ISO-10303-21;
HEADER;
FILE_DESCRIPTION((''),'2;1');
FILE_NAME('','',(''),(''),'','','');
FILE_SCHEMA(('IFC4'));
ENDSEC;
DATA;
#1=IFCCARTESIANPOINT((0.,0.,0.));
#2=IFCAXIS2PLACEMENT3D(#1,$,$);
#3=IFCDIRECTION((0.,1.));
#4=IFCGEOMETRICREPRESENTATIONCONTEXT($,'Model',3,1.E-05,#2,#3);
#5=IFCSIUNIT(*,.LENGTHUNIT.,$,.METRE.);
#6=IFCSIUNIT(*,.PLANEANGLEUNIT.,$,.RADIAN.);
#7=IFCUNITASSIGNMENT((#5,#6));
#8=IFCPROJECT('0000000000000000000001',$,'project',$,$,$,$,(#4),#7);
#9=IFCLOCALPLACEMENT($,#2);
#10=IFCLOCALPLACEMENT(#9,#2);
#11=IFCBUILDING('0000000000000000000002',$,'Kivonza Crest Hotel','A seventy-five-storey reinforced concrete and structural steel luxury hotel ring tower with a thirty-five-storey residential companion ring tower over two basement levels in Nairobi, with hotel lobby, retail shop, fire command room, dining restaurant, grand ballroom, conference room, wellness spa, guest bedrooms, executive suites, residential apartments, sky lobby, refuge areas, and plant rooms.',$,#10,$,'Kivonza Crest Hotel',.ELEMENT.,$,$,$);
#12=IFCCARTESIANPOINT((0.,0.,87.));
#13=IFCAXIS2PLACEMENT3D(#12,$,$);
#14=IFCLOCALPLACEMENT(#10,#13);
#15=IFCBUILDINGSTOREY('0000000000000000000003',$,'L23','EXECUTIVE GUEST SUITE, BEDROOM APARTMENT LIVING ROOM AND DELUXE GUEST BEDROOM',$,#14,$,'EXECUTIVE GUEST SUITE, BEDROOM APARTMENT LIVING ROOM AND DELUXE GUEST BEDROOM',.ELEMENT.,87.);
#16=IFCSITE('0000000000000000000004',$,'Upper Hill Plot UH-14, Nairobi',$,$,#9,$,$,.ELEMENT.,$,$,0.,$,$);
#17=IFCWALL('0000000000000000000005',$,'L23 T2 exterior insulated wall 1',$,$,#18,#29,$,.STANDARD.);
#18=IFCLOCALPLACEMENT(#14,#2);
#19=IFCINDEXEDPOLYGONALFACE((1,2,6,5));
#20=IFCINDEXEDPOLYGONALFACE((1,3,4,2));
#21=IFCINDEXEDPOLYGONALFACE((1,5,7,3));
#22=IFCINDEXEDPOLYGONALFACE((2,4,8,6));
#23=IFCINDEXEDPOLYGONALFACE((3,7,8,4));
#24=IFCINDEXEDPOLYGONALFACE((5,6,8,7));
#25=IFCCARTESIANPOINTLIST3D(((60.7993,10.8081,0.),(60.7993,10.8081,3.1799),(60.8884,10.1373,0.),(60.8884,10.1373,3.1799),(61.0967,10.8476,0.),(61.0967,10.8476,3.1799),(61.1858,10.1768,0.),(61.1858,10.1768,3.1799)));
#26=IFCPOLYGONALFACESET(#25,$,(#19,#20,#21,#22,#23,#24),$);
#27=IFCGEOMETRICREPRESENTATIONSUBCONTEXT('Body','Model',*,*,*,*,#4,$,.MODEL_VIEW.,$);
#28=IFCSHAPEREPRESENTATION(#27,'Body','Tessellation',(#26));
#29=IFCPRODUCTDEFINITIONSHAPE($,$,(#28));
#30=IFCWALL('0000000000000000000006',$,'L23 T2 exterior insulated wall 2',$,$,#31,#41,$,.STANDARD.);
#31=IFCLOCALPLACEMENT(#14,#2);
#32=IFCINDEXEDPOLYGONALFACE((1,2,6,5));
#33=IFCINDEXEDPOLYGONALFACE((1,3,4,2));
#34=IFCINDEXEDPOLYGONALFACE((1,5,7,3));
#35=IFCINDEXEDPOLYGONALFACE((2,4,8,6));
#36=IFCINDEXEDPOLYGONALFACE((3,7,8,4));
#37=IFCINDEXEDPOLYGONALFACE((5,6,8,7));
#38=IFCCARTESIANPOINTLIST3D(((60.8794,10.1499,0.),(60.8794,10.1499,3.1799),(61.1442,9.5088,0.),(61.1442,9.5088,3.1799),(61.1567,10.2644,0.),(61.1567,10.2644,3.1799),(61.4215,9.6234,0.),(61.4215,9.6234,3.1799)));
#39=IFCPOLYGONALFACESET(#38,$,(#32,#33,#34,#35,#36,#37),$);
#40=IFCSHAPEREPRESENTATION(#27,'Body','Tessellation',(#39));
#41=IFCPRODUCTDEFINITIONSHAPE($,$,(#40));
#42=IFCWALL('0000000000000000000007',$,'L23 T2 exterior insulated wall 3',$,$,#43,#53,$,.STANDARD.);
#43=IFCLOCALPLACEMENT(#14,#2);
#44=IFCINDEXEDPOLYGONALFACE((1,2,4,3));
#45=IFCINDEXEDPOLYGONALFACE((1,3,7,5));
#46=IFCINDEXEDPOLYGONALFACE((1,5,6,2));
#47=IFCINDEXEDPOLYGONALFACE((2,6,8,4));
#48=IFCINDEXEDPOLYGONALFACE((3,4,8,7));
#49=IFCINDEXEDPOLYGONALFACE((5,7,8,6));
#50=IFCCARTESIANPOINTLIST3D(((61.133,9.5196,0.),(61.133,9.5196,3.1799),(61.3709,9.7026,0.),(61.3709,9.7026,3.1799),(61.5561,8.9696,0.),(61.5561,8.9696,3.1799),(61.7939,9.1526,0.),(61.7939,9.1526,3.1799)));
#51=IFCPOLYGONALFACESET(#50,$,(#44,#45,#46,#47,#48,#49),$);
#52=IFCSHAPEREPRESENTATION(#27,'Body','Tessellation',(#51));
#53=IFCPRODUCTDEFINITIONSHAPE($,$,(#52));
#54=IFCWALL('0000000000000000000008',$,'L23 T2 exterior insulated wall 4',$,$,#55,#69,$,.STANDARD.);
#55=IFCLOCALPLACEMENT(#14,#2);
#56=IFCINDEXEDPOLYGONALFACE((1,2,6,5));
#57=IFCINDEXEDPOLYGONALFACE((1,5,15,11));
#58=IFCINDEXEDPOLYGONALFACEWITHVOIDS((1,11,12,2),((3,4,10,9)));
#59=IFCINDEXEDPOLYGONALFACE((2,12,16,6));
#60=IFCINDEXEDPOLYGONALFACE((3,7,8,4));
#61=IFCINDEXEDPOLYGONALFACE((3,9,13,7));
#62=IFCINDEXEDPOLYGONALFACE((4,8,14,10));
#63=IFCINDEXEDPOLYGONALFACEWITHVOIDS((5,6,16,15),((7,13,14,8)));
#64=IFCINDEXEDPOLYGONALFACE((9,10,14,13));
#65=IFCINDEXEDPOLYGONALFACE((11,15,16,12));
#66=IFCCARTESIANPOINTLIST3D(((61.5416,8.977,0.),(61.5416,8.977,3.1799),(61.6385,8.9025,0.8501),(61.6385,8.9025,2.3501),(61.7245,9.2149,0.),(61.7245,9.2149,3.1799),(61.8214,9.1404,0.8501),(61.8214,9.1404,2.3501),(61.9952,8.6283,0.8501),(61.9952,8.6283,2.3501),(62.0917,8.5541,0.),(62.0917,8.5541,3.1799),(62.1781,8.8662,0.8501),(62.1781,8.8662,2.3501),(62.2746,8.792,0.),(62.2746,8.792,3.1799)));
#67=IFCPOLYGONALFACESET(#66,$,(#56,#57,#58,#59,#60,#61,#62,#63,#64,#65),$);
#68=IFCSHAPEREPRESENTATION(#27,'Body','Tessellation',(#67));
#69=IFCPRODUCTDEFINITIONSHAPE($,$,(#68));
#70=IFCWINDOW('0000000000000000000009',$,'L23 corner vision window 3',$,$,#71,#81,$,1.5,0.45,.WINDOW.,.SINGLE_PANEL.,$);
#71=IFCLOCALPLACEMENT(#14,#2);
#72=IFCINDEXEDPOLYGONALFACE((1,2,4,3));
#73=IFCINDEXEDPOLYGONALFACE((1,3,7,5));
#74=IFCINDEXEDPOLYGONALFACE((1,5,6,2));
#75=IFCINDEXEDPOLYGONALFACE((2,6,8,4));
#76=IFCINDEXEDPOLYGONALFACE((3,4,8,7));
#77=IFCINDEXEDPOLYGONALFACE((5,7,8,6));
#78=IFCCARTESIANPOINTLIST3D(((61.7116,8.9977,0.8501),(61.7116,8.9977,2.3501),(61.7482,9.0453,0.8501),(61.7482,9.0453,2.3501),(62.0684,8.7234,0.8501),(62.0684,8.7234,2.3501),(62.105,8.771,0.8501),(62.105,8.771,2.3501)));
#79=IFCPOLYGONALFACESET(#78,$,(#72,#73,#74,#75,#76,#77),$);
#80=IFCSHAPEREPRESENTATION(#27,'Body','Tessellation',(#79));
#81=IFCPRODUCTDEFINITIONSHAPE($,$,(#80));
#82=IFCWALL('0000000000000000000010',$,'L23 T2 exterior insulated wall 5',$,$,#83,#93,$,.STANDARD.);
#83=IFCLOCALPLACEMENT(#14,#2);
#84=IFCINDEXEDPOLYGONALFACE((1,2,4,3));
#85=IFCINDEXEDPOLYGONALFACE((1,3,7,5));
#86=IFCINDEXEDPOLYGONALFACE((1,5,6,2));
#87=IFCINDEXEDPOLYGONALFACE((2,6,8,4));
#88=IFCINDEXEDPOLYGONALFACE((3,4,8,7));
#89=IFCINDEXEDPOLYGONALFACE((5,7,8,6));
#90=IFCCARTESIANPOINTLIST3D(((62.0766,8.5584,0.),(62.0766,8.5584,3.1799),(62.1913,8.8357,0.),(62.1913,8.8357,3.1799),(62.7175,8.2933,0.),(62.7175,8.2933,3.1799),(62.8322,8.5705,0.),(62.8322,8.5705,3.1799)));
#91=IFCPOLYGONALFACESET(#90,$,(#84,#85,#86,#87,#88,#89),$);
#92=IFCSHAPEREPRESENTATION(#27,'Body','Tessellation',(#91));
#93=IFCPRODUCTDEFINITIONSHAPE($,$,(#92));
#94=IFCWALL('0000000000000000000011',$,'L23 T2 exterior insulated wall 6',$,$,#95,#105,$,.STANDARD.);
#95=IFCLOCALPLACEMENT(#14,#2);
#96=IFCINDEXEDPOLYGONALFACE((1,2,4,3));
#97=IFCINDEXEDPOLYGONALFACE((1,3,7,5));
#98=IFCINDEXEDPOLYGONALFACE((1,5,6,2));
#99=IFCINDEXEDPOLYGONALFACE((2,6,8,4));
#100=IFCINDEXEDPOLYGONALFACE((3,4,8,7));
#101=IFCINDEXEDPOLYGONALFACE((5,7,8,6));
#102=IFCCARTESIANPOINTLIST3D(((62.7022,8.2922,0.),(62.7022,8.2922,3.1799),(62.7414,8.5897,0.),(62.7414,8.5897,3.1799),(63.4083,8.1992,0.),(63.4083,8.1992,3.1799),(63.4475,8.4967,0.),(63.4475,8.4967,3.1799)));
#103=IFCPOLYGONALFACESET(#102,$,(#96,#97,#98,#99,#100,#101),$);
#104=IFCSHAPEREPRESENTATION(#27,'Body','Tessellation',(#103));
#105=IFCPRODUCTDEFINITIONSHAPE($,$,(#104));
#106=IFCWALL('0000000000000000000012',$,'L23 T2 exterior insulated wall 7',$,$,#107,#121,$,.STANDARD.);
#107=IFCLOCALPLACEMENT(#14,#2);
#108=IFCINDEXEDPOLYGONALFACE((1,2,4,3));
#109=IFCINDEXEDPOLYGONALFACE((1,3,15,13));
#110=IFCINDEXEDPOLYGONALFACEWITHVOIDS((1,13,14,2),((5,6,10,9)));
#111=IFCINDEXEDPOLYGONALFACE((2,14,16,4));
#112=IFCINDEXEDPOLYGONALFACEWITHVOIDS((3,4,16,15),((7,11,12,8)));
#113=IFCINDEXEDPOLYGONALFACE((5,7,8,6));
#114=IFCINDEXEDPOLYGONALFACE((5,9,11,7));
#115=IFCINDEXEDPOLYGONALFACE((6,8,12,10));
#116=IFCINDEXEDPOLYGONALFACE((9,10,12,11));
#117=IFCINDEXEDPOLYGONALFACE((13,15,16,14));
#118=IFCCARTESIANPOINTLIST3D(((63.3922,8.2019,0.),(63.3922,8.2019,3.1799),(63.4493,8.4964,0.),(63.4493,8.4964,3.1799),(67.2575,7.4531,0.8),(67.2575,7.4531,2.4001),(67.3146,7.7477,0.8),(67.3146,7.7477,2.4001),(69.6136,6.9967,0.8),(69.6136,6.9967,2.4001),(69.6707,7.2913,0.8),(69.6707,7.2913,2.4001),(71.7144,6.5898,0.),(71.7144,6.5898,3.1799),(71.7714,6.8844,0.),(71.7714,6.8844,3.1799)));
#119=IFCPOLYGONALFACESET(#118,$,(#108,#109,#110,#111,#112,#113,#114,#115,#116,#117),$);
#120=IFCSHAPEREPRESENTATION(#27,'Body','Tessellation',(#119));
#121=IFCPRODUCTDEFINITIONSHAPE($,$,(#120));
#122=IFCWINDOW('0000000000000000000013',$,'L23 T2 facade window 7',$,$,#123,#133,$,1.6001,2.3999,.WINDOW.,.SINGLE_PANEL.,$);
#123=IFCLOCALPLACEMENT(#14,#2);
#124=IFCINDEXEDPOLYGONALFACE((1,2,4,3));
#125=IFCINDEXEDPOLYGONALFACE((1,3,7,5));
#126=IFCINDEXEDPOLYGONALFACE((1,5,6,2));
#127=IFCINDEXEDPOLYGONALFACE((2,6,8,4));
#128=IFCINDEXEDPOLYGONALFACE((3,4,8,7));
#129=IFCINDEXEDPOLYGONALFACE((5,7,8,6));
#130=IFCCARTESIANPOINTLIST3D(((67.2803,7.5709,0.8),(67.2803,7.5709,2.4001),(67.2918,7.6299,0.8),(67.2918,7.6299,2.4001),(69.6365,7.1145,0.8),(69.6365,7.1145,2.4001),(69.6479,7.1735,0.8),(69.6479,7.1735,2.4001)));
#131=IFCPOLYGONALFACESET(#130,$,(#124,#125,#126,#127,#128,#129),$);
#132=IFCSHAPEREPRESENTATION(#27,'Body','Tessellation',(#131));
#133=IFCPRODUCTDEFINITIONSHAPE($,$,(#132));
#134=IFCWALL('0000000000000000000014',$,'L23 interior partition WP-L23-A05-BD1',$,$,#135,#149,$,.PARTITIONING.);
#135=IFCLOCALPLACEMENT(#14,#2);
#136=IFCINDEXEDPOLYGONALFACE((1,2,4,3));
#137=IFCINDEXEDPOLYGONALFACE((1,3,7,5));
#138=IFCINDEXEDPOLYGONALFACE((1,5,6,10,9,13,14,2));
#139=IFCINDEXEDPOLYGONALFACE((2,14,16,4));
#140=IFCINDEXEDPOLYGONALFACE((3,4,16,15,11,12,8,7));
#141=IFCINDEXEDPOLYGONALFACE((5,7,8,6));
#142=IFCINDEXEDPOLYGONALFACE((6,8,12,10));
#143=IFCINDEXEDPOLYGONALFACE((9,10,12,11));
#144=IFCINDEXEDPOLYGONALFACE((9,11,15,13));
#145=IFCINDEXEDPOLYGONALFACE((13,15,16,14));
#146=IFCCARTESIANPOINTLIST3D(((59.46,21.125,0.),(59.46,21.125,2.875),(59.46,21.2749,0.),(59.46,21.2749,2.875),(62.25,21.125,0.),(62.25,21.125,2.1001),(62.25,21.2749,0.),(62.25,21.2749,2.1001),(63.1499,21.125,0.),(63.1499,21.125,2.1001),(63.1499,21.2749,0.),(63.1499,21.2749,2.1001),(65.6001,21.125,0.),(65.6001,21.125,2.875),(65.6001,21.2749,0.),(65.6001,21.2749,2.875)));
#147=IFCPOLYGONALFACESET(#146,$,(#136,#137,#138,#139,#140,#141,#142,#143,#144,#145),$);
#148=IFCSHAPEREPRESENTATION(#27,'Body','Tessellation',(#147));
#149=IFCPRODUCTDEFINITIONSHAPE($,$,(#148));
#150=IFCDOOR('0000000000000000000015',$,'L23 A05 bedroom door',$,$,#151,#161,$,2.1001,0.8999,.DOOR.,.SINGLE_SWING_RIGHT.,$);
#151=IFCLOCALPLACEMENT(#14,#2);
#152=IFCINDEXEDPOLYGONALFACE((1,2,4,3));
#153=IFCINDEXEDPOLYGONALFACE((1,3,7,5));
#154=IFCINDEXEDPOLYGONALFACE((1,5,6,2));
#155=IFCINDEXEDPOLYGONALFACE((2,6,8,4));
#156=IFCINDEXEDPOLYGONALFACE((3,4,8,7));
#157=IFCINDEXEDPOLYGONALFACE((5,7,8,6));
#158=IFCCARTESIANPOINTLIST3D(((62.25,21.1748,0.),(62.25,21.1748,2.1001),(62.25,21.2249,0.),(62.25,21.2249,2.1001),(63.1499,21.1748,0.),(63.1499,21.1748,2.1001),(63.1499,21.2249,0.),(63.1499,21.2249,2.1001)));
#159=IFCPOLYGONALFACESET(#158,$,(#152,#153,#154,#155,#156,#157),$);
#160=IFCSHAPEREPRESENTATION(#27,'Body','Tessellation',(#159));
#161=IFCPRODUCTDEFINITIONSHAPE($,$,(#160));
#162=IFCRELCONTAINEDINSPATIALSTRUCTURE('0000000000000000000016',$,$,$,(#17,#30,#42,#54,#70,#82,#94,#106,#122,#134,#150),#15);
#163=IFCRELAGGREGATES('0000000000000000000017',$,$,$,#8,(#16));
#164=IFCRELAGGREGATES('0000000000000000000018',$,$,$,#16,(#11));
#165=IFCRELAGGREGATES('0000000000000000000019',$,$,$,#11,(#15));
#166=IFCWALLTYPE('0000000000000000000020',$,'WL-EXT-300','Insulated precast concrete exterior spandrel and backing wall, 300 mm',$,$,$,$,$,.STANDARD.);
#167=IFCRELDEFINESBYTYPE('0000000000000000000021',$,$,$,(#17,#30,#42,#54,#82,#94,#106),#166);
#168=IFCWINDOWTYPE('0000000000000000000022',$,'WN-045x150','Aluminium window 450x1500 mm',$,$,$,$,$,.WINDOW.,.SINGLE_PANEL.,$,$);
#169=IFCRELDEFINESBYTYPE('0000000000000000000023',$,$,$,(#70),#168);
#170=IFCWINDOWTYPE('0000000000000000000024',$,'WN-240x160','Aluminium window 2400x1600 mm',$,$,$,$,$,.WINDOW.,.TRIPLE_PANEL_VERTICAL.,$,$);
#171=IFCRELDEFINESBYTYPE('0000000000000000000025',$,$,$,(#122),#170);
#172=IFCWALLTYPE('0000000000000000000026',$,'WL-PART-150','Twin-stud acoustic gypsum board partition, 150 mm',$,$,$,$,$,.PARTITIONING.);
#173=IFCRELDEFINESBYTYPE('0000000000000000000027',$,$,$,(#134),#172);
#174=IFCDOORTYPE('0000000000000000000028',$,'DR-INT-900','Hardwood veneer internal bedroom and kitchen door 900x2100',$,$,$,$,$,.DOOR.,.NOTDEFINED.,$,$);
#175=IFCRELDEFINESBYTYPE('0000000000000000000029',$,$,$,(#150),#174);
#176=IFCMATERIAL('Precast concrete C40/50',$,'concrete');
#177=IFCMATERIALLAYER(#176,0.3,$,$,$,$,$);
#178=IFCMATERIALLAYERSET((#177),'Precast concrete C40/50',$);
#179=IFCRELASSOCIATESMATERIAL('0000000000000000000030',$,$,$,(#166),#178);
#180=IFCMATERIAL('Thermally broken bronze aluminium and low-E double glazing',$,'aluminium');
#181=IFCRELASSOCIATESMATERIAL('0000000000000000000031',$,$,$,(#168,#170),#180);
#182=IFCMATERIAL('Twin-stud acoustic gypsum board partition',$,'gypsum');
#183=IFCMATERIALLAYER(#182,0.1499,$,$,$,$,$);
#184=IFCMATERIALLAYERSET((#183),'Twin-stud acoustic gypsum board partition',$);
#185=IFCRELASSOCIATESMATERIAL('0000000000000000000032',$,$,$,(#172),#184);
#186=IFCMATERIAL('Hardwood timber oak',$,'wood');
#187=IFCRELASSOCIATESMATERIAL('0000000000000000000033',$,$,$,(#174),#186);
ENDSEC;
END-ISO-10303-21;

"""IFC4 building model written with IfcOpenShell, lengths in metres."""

from ifc_helpers import new_model, si_unit, direction, frame, frame_2d, origin, place, context, subcontext, project, spatial, rectangle, extrude, material, layer, layer_set, type_object, element, fill, save


model = new_model("IFC4")

# Units and contexts
model_context = context("Model", 3, precision=1e-05, world=origin(), true_north=direction((0.0, 1.0)))
body_context = subcontext(model_context, "Body", "Model", "MODEL_VIEW")
ifc_project = project(units=[si_unit("LENGTHUNIT", "METRE"), si_unit("PLANEANGLEUNIT", "RADIAN")], contexts=[model_context])

# Site, building, storey
site_placement = place(None, origin())
site = spatial("IfcSite", under=ifc_project, at=site_placement, Name="Upper Hill Plot UH-14, Nairobi", CompositionType="ELEMENT", RefElevation=0.0)
building_placement = place(site_placement, origin())
building = spatial("IfcBuilding", under=site, at=building_placement, Name="Kivonza Crest Hotel", Description="A seventy-five-storey reinforced concrete and structural steel luxury hotel ring tower with a thirty-five-storey residential companion ring tower over two basement levels in Nairobi, with hotel lobby, retail shop, fire command room, dining restaurant, grand ballroom, conference room, wellness spa, guest bedrooms, executive suites, residential apartments, sky lobby, refuge areas, and plant rooms.", LongName="Kivonza Crest Hotel", CompositionType="ELEMENT")
storey_placement = place(building_placement, frame((0.0, 0.0, 87.0)))
storey = spatial("IfcBuildingStorey", under=building, at=storey_placement, Name="L23", Description="EXECUTIVE GUEST SUITE, BEDROOM APARTMENT LIVING ROOM AND DELUXE GUEST BEDROOM", LongName="EXECUTIVE GUEST SUITE, BEDROOM APARTMENT LIVING ROOM AND DELUXE GUEST BEDROOM", CompositionType="ELEMENT", Elevation=87.0)

# Walls
ifc_material_1 = material(Name="Precast concrete C40/50", Category="concrete")
ifc_layer_1 = layer(ifc_material_1, 0.3)
ifc_layer_set_1 = layer_set([ifc_layer_1], Name="Precast concrete C40/50")
wall_type_1 = type_object("IfcWallType", Name="WL-EXT-300", Description="Insulated precast concrete exterior spandrel and backing wall, 300 mm", PredefinedType="STANDARD", material=ifc_layer_set_1)
wall_1_placement = place(storey_placement, frame((60.948, 10.8279, 0.0), z_axis=(0.0, 0.0, 1.0), x_axis=(0.131667, -0.991294, 0.0)))
element("IfcWall", 1, at=wall_1_placement, inside=storey, type_object=wall_type_1, Name="L23 T2 exterior insulated wall 1", PredefinedType="STANDARD", context=body_context, shape_type="SweptSolid", body=[
    extrude(rectangle(XDim=0.6768, YDim=0.3, at=frame_2d((0.3384, 0.0))), origin(), (0.0, 0.0, 1.0), 3.1799),
])
wall_2_placement = place(storey_placement, frame((61.0181, 10.207, 0.0), z_axis=(0.0, 0.0, 1.0), x_axis=(0.381865, -0.924218, 0.0)))
element("IfcWall", 2, at=wall_2_placement, inside=storey, type_object=wall_type_1, Name="L23 T2 exterior insulated wall 2", PredefinedType="STANDARD", context=body_context, shape_type="SweptSolid", body=[
    extrude(rectangle(XDim=0.6936, YDim=0.3, at=frame_2d((0.3467, 0.0))), origin(), (0.0, 0.0, 1.0), 3.1799),
])
wall_3_placement = place(storey_placement, frame((61.252, 9.6111, 0.0), z_axis=(0.0, 0.0, 1.0), x_axis=(0.609694, -0.792637, 0.0)))
element("IfcWall", 3, at=wall_3_placement, inside=storey, type_object=wall_type_1, Name="L23 T2 exterior insulated wall 3", PredefinedType="STANDARD", context=body_context, shape_type="SweptSolid", body=[
    extrude(rectangle(XDim=0.6938, YDim=0.3, at=frame_2d((0.3469, 0.0))), origin(), (0.0, 0.0, 1.0), 3.1799),
])

# Wall, opening, window
wall_4_placement = place(storey_placement, frame((61.6331, 9.0959, 0.0), z_axis=(0.0, 0.0, 1.0), x_axis=(0.792807, -0.609473, 0.0)))
wall_4 = element("IfcWall", 4, at=wall_4_placement, inside=storey, type_object=wall_type_1, Name="L23 T2 exterior insulated wall 4", PredefinedType="STANDARD", context=body_context, shape_type="SweptSolid", body=[
    extrude(rectangle(XDim=0.6938, YDim=0.3, at=frame_2d((0.3469, 0.0))), origin(), (0.0, 0.0, 1.0), 3.1799),
])
opening_1_placement = place(wall_4_placement, frame((0.1221, 0.0, 0.8501)))
opening_1 = element("IfcOpeningElement", 5, at=opening_1_placement, cuts=wall_4, PredefinedType="OPENING", context=body_context, shape_type="SweptSolid", body=[
    extrude(rectangle(XDim=0.45, YDim=1.5, at=frame_2d((0.2251, 0.75))), frame((0.0, 0.1602, 0.0), z_axis=(0.0, -1.0, 0.0), x_axis=(1.0, 0.0, 0.0)), (0.0, 0.0, 1.0), 0.3201),
])
ifc_material_2 = material(Name="Thermally broken bronze aluminium and low-E double glazing", Category="aluminium")
window_type_1 = type_object("IfcWindowType", Name="WN-045x150", Description="Aluminium window 450x1500 mm", PartitioningType="SINGLE_PANEL", PredefinedType="WINDOW", material=ifc_material_2)
window_1_placement = place(opening_1_placement, origin())
window_1 = element("IfcWindow", 6, at=window_1_placement, inside=storey, type_object=window_type_1, Name="L23 corner vision window 3", OverallHeight=1.5, OverallWidth=0.45, PartitioningType="SINGLE_PANEL", PredefinedType="WINDOW", context=body_context, shape_type="SweptSolid", body=[
    extrude(rectangle(XDim=0.45, YDim=1.5, at=frame_2d((0.2251, 0.75))), frame((0.0, 0.03, 0.0), z_axis=(0.0, -1.0, 0.0), x_axis=(1.0, 0.0, 0.0)), (0.0, 0.0, 1.0), 0.0601),
])
fill(opening_1, window_1)

# Walls
wall_5_placement = place(storey_placement, frame((62.134, 8.697, 0.0), z_axis=(0.0, 0.0, 1.0), x_axis=(0.924043, -0.38229, 0.0)))
element("IfcWall", 7, at=wall_5_placement, inside=storey, type_object=wall_type_1, Name="L23 T2 exterior insulated wall 5", PredefinedType="STANDARD", context=body_context, shape_type="SweptSolid", body=[
    extrude(rectangle(XDim=0.6936, YDim=0.3, at=frame_2d((0.3467, 0.0))), origin(), (0.0, 0.0, 1.0), 3.1799),
])
wall_6_placement = place(storey_placement, frame((62.7219, 8.4409, 0.0), z_axis=(0.0, 0.0, 1.0), x_axis=(0.991433, -0.130614, 0.0)))
element("IfcWall", 8, at=wall_6_placement, inside=storey, type_object=wall_type_1, Name="L23 T2 exterior insulated wall 6", PredefinedType="STANDARD", context=body_context, shape_type="SweptSolid", body=[
    extrude(rectangle(XDim=0.7122, YDim=0.3, at=frame_2d((0.356, 0.0))), origin(), (0.0, 0.0, 1.0), 3.1799),
])

# Wall, opening, window
wall_7_placement = place(storey_placement, frame((63.4209, 8.3491, 0.0), z_axis=(0.0, 0.0, 1.0), x_axis=(0.98175, -0.190175, 0.0)))
wall_7 = element("IfcWall", 9, at=wall_7_placement, inside=storey, type_object=wall_type_1, Name="L23 T2 exterior insulated wall 7", PredefinedType="STANDARD", context=body_context, shape_type="SweptSolid", body=[
    extrude(rectangle(XDim=8.4768, YDim=0.3, at=frame_2d((4.2383, 0.0))), origin(), (0.0, 0.0, 1.0), 3.1799),
])
opening_2_placement = place(wall_7_placement, frame((3.937, 0.0, 0.8)))
opening_2 = element("IfcOpeningElement", 10, at=opening_2_placement, cuts=wall_7, PredefinedType="OPENING", context=body_context, shape_type="SweptSolid", body=[
    extrude(rectangle(XDim=2.3999, YDim=1.6001, at=frame_2d((1.2, 0.8))), frame((0.0, 0.1602, 0.0), z_axis=(0.0, -1.0, 0.0), x_axis=(1.0, 0.0, 0.0)), (0.0, 0.0, 1.0), 0.3201),
])
window_type_2 = type_object("IfcWindowType", Name="WN-240x160", Description="Aluminium window 2400x1600 mm", PartitioningType="TRIPLE_PANEL_VERTICAL", PredefinedType="WINDOW", material=ifc_material_2)
window_2_placement = place(opening_2_placement, origin())
window_2 = element("IfcWindow", 11, at=window_2_placement, inside=storey, type_object=window_type_2, Name="L23 T2 facade window 7", OverallHeight=1.6001, OverallWidth=2.3999, PartitioningType="SINGLE_PANEL", PredefinedType="WINDOW", context=body_context, shape_type="SweptSolid", body=[
    extrude(rectangle(XDim=2.3999, YDim=1.6001, at=frame_2d((1.2, 0.8))), frame((0.0, 0.03, 0.0), z_axis=(0.0, -1.0, 0.0), x_axis=(1.0, 0.0, 0.0)), (0.0, 0.0, 1.0), 0.0601),
])
fill(opening_2, window_2)

# Wall, opening, door
ifc_material_3 = material(Name="Twin-stud acoustic gypsum board partition", Category="gypsum")
ifc_layer_2 = layer(ifc_material_3, 0.1499)
ifc_layer_set_2 = layer_set([ifc_layer_2], Name="Twin-stud acoustic gypsum board partition")
wall_type_2 = type_object("IfcWallType", Name="WL-PART-150", Description="Twin-stud acoustic gypsum board partition, 150 mm", PredefinedType="PARTITIONING", material=ifc_layer_set_2)
wall_8_placement = place(storey_placement, frame((59.46, 21.2, 0.0), z_axis=(0.0, 0.0, 1.0), x_axis=(1.0, 0.0, 0.0)))
wall_8 = element("IfcWall", 12, at=wall_8_placement, inside=storey, type_object=wall_type_2, Name="L23 interior partition WP-L23-A05-BD1", PredefinedType="PARTITIONING", context=body_context, shape_type="SweptSolid", body=[
    extrude(rectangle(XDim=6.1401, YDim=0.1499, at=frame_2d((3.0701, 0.0))), origin(), (0.0, 0.0, 1.0), 2.875),
])
opening_3_placement = place(wall_8_placement, frame((2.79, 0.0, 0.0)))
opening_3 = element("IfcOpeningElement", 13, at=opening_3_placement, cuts=wall_8, PredefinedType="OPENING", context=body_context, shape_type="SweptSolid", body=[
    extrude(rectangle(XDim=0.8999, YDim=2.1001, at=frame_2d((0.45, 1.05))), frame((0.0, 0.085, 0.0), z_axis=(0.0, -1.0, 0.0), x_axis=(1.0, 0.0, 0.0)), (0.0, 0.0, 1.0), 0.1699),
])
ifc_material_4 = material(Name="Hardwood timber oak", Category="wood")
door_type_1 = type_object("IfcDoorType", Name="DR-INT-900", Description="Hardwood veneer internal bedroom and kitchen door 900x2100", OperationType="NOTDEFINED", PredefinedType="DOOR", material=ifc_material_4)
door_1_placement = place(opening_3_placement, origin())
door_1 = element("IfcDoor", 14, at=door_1_placement, inside=storey, type_object=door_type_1, Name="L23 A05 bedroom door", OperationType="SINGLE_SWING_RIGHT", OverallHeight=2.1001, OverallWidth=0.8999, PredefinedType="DOOR", context=body_context, shape_type="SweptSolid", body=[
    extrude(rectangle(XDim=0.8999, YDim=2.1001, at=frame_2d((0.45, 1.05))), frame((0.0, 0.0249, 0.0), z_axis=(0.0, -1.0, 0.0), x_axis=(1.0, 0.0, 0.0)), (0.0, 0.0, 1.0), 0.05),
])
fill(opening_3, door_1)

save(model, "model.ifc")
